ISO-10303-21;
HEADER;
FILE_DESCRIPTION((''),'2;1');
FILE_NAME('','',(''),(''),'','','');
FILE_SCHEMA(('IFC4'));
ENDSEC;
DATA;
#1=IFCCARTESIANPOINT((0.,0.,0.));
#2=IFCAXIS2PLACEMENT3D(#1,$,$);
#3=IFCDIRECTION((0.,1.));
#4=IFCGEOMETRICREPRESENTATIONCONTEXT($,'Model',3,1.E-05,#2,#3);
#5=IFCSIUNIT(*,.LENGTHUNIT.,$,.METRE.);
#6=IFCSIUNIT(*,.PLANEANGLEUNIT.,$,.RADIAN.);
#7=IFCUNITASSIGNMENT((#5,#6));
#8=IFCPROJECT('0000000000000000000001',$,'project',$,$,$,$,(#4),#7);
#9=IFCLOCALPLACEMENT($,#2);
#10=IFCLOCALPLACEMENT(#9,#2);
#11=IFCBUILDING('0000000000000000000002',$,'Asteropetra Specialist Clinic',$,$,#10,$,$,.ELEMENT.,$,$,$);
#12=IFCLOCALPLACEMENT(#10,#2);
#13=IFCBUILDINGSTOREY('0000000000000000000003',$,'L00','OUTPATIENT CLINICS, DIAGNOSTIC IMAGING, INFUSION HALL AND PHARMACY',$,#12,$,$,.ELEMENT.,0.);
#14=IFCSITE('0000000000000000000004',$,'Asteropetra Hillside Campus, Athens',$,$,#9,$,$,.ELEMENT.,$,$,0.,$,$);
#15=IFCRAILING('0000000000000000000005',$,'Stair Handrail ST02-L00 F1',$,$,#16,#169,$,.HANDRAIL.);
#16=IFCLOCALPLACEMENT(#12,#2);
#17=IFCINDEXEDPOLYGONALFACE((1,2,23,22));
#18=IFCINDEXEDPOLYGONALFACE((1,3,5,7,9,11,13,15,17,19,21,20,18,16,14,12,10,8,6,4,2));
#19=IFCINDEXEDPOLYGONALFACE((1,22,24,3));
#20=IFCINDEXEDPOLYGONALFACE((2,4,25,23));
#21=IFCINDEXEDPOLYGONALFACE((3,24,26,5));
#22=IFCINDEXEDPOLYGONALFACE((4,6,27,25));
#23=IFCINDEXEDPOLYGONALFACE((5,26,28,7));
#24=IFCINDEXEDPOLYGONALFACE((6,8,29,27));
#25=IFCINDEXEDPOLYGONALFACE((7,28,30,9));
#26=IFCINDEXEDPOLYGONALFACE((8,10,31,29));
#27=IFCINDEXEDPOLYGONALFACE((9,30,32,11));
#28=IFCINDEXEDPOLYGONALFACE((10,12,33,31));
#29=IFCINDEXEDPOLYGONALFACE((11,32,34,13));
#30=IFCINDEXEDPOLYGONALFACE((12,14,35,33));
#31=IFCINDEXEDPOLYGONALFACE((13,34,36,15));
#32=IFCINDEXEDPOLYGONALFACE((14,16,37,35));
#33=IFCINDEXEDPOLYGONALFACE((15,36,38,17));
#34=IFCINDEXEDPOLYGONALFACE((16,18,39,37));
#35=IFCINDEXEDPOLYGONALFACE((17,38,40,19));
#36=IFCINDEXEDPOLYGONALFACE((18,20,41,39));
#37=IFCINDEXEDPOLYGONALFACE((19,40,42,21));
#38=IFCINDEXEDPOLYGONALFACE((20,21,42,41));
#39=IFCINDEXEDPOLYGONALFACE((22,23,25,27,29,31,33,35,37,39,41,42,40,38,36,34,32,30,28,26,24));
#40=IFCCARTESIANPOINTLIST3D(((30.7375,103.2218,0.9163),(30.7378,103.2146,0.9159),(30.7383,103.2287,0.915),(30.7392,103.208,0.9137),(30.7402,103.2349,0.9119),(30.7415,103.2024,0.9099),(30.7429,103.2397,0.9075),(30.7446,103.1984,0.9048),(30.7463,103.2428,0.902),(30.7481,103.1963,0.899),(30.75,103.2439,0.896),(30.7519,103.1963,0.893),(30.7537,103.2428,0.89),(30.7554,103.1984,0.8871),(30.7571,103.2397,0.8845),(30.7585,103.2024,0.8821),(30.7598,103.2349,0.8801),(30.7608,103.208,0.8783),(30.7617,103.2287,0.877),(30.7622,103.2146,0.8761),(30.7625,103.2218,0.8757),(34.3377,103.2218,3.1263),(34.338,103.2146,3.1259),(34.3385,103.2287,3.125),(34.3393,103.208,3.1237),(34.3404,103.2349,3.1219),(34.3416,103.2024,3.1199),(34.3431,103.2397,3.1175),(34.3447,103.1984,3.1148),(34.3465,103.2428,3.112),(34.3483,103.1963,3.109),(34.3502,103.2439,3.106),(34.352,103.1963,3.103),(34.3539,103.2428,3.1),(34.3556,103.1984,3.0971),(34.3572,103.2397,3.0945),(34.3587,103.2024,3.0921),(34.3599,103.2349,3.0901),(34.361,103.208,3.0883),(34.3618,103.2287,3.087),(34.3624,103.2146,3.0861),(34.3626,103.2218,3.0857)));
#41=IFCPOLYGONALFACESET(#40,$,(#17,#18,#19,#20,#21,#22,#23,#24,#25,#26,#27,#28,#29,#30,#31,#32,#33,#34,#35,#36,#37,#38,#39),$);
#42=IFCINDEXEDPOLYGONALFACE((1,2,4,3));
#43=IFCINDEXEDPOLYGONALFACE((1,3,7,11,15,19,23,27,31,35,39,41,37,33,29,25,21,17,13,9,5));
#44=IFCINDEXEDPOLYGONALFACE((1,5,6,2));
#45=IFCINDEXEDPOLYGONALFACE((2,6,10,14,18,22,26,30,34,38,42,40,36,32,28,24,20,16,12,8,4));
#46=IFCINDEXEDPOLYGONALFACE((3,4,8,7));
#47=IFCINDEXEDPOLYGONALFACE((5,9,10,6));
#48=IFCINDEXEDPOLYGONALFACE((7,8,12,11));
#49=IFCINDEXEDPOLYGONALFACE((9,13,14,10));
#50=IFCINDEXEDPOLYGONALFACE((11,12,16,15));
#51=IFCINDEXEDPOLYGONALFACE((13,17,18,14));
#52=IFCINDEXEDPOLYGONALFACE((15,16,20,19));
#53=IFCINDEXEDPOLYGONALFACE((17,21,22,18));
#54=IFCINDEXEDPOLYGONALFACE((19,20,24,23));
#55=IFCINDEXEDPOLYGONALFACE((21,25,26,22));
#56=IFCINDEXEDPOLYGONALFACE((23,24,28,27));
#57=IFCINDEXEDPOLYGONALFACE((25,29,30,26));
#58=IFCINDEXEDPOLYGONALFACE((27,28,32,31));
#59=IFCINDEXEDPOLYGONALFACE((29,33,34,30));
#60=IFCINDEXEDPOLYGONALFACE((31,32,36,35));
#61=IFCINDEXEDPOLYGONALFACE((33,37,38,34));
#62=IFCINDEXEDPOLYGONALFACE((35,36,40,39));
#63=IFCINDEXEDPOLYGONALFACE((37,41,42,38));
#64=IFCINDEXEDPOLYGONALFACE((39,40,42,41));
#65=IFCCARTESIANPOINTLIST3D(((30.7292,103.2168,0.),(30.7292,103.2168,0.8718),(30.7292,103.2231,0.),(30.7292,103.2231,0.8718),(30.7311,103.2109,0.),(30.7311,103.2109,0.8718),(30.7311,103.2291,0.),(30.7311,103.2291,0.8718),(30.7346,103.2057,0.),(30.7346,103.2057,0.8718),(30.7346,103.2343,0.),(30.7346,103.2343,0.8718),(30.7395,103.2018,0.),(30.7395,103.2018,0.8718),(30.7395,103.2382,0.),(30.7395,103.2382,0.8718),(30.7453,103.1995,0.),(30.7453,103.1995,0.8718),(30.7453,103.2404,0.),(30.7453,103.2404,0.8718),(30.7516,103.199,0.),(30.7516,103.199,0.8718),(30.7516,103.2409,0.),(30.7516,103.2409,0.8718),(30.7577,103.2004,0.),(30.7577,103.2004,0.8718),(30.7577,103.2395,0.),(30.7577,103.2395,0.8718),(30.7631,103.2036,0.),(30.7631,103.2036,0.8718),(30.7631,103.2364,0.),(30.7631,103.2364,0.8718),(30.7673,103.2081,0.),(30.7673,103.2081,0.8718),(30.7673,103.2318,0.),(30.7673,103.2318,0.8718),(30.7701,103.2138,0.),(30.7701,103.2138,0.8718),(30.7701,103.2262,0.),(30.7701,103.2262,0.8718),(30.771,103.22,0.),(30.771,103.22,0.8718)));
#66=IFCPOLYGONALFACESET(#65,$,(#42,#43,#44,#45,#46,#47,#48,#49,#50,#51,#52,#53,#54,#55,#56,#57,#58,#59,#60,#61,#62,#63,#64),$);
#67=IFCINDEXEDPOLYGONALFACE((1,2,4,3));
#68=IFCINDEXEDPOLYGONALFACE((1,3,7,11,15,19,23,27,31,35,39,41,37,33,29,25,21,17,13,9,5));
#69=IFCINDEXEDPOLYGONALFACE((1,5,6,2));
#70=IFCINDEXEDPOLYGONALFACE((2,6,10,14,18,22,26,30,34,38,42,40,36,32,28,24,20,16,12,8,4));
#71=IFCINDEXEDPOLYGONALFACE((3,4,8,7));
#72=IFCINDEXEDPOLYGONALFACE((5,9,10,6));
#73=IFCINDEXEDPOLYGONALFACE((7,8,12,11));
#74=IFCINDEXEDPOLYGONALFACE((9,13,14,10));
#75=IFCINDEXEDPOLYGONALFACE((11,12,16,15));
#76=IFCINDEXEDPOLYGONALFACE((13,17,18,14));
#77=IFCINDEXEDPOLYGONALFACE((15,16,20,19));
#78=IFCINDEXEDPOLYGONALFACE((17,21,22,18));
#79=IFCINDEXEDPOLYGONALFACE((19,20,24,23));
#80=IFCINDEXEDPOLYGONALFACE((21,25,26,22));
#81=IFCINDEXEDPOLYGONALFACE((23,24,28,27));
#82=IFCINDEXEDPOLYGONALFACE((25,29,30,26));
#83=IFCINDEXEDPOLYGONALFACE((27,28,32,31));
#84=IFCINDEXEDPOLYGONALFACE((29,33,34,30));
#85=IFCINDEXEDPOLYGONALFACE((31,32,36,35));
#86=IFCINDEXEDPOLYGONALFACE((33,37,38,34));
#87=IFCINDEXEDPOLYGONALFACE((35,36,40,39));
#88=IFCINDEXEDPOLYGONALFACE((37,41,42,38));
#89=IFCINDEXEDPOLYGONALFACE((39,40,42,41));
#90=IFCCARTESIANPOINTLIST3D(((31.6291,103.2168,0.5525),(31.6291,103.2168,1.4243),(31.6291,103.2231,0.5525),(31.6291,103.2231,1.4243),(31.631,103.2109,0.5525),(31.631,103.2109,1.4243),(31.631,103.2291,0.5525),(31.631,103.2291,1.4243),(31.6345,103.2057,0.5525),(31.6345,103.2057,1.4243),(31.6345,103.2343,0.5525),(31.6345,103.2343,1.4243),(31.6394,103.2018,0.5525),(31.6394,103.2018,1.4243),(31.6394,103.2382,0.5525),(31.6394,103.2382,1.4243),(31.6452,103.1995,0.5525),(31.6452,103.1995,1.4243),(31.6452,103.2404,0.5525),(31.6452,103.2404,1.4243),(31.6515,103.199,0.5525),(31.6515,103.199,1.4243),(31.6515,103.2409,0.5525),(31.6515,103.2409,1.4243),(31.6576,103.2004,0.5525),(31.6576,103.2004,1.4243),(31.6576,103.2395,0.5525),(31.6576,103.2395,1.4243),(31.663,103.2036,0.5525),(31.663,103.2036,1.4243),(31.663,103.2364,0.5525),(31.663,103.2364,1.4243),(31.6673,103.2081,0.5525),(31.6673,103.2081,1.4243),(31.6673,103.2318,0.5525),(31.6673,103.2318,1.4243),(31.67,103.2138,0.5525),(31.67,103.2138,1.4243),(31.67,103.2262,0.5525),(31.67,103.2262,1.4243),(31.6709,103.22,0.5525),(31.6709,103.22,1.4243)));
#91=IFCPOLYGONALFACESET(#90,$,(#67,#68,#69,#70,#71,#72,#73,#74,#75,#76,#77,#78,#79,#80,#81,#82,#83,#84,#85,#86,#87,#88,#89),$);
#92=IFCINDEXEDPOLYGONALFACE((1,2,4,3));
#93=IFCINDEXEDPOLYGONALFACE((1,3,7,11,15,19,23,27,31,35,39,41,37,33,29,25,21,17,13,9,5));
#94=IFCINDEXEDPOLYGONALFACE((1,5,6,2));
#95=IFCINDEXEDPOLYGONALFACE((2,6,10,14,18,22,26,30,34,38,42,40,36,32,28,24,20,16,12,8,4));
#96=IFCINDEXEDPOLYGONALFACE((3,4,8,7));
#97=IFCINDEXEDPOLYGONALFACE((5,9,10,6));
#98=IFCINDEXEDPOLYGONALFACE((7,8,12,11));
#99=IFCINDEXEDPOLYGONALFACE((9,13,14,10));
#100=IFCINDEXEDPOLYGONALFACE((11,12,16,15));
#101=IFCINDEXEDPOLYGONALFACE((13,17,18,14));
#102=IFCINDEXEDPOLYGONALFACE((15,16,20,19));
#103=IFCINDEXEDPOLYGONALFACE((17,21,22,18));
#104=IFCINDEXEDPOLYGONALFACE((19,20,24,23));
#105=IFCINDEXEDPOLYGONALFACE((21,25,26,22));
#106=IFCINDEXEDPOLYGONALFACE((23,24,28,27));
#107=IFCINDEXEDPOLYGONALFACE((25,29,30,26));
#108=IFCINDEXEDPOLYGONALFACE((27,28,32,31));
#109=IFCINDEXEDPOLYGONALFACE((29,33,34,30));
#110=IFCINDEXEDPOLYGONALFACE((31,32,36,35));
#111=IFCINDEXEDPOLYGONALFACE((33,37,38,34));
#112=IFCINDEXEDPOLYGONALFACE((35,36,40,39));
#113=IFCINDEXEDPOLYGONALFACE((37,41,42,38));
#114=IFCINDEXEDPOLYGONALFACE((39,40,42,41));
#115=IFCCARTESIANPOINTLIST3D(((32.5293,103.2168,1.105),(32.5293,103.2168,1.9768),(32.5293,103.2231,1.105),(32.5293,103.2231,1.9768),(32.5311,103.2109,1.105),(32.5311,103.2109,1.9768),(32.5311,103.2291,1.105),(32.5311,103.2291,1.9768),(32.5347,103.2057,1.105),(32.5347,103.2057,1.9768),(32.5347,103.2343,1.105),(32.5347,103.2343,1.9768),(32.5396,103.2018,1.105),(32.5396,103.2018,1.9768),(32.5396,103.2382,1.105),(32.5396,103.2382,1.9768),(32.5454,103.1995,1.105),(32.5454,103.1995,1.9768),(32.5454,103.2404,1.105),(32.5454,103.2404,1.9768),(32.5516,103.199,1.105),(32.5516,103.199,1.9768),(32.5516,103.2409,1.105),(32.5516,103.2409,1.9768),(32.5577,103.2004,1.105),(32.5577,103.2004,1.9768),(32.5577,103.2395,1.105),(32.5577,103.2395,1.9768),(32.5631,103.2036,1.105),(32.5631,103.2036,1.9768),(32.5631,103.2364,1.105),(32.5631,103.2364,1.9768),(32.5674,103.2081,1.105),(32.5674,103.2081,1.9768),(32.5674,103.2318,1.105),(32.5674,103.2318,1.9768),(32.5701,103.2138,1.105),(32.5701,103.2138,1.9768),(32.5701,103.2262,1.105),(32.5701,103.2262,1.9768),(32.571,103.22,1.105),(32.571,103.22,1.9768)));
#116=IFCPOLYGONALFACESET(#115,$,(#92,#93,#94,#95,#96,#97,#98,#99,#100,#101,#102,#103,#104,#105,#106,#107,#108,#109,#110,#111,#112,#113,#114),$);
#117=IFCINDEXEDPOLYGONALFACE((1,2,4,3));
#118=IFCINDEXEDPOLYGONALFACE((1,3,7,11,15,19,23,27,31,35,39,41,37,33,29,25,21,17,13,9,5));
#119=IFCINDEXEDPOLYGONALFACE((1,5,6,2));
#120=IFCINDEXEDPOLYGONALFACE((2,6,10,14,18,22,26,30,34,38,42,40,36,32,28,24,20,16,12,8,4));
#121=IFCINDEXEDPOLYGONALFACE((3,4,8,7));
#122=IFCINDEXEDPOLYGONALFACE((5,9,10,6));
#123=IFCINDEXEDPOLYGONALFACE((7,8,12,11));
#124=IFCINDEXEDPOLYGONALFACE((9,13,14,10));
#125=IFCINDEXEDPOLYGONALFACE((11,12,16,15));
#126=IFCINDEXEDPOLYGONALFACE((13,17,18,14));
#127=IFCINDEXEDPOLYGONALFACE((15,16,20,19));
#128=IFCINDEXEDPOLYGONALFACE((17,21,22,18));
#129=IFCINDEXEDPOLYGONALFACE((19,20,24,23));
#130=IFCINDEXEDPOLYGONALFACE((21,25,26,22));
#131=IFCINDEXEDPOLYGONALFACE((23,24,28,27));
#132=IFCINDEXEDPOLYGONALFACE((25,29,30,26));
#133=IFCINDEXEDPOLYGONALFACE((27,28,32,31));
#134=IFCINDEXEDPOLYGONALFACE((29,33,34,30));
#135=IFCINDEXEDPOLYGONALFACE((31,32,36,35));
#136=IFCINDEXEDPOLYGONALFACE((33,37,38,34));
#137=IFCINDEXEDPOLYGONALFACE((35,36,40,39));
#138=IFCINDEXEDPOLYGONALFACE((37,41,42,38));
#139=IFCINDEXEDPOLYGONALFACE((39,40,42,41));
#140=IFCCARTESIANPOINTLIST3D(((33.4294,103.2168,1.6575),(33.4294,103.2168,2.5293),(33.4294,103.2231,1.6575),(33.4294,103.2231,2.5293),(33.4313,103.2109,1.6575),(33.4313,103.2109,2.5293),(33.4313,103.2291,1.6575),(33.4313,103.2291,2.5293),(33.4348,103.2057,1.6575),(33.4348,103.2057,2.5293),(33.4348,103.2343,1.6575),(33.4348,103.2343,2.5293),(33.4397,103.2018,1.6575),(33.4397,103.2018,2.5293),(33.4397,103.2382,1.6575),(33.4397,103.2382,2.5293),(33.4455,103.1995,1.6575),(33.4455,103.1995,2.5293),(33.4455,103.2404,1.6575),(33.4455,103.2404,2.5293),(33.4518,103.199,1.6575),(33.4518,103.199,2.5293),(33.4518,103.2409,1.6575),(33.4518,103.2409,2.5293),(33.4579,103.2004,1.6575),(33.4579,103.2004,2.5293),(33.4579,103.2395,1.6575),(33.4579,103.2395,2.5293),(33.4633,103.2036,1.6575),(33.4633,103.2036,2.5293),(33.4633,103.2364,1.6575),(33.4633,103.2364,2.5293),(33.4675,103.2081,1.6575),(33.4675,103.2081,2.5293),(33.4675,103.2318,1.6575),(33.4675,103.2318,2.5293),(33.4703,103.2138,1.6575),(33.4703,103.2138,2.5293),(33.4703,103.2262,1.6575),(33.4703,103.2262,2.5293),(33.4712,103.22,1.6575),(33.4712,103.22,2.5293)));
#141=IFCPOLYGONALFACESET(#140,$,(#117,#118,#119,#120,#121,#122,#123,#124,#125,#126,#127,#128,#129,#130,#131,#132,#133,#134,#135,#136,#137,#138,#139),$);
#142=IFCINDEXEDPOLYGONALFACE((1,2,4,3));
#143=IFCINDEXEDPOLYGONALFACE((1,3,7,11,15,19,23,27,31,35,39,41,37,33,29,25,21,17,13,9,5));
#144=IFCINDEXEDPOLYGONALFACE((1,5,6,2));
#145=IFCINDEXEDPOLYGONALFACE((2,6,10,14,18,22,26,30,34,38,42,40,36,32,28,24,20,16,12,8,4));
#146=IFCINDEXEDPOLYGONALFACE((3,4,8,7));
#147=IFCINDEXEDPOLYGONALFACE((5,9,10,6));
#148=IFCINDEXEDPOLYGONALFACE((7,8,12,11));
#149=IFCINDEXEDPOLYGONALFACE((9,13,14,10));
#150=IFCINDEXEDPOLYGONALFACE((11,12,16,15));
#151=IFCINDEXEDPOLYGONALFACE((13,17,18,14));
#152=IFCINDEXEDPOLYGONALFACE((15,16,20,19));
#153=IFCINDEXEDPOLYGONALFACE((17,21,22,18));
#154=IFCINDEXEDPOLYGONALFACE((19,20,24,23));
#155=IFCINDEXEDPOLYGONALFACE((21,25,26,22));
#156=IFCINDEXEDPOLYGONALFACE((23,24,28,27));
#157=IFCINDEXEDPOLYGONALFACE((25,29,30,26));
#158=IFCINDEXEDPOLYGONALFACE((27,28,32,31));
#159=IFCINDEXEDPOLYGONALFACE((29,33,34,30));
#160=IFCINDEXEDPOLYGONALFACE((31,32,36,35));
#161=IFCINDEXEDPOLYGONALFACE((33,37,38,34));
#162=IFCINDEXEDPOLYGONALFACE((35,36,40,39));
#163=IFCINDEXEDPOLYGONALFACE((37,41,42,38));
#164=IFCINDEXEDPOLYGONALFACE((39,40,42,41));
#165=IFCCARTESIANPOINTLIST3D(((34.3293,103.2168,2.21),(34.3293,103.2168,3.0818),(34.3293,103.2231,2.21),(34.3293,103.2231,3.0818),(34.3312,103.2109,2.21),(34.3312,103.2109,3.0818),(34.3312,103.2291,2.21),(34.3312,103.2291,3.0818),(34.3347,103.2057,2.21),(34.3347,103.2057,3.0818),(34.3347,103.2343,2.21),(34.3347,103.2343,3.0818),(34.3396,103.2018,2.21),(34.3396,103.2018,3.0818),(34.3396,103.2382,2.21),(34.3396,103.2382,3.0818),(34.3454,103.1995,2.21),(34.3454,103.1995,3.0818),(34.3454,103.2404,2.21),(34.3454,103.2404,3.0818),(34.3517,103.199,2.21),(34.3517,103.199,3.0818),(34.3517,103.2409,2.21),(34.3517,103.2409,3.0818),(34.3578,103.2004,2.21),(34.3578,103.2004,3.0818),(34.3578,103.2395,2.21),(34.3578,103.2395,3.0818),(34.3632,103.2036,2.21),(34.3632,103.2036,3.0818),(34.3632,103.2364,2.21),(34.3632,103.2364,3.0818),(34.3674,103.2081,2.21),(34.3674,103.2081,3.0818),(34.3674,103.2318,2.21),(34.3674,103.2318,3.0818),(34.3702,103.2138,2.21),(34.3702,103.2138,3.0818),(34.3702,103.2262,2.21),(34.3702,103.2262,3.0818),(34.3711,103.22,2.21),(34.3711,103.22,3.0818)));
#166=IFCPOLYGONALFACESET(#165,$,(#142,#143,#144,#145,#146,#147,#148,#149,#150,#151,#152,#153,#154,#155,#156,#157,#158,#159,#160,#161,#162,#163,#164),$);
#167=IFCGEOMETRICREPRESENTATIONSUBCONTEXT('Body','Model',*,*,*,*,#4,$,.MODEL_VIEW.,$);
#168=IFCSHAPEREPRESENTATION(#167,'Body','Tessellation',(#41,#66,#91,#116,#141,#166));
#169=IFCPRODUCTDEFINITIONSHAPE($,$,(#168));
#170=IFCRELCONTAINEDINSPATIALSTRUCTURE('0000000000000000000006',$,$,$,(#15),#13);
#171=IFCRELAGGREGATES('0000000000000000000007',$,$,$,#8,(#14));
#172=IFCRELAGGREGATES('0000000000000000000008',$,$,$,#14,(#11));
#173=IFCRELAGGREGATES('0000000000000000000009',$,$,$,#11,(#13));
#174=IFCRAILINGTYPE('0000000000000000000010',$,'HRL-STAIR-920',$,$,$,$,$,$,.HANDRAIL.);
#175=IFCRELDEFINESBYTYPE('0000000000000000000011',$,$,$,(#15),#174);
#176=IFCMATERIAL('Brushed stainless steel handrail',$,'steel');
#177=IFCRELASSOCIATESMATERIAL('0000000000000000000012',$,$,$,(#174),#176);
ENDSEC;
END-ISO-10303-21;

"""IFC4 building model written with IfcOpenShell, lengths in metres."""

from ifc_helpers import new_model, si_unit, direction, frame, origin, origin_2d, place, context, subcontext, project, spatial, circle, extrude, material, type_object, element, save


model = new_model("IFC4")

# Units and contexts
model_context = context("Model", 3, precision=1e-05, world=origin(), true_north=direction((0.0, 1.0)))
body_context = subcontext(model_context, "Body", "Model", "MODEL_VIEW")
ifc_project = project(units=[si_unit("LENGTHUNIT", "METRE"), si_unit("PLANEANGLEUNIT", "RADIAN")], contexts=[model_context])

# Site, building, storey
site_placement = place(None, origin())
site = spatial("IfcSite", under=ifc_project, at=site_placement, Name="Asteropetra Hillside Campus, Athens", CompositionType="ELEMENT", RefElevation=0.0)
building_placement = place(site_placement, origin())
building = spatial("IfcBuilding", under=site, at=building_placement, Name="Asteropetra Specialist Clinic", CompositionType="ELEMENT")
storey_placement = place(building_placement, origin())
storey = spatial("IfcBuildingStorey", under=building, at=storey_placement, Name="L00", Description="OUTPATIENT CLINICS, DIAGNOSTIC IMAGING, INFUSION HALL AND PHARMACY", CompositionType="ELEMENT", Elevation=0.0)

# Railing
ifc_material_1 = material(Name="Brushed stainless steel handrail", Category="steel")
railing_type_1 = type_object("IfcRailingType", Name="HRL-STAIR-920", PredefinedType="HANDRAIL", material=ifc_material_1)
railing_1_placement = place(storey_placement, frame((30.75, 103.22, 0.0)))
element("IfcRailing", 1, at=railing_1_placement, inside=storey, type_object=railing_type_1, Name="Stair Handrail ST02-L00 F1", PredefinedType="HANDRAIL", context=body_context, shape_type="SweptSolid", body=[
    extrude(circle(Radius=0.0239, at=origin_2d()), frame((0.0, 0.0, 0.896), z_axis=(0.852237, 0.0, 0.523156), x_axis=(0.0, 1.0, 0.0)), (0.0, 0.0, 1.0), 4.2244),
    extrude(circle(Radius=0.021, at=origin_2d()), origin(), (0.0, 0.0, 1.0), 0.8718),
    extrude(circle(Radius=0.021, at=origin_2d()), frame((0.8999, 0.0, 0.5525)), (0.0, 0.0, 1.0), 0.8718),
    extrude(circle(Radius=0.021, at=origin_2d()), frame((1.8, 0.0, 1.105)), (0.0, 0.0, 1.0), 0.8718),
    extrude(circle(Radius=0.021, at=origin_2d()), frame((2.7002, 0.0, 1.6575)), (0.0, 0.0, 1.0), 0.8718),
    extrude(circle(Radius=0.021, at=origin_2d()), frame((3.6001, 0.0, 2.21)), (0.0, 0.0, 1.0), 0.8718),
])

save(model, "model.ifc")
